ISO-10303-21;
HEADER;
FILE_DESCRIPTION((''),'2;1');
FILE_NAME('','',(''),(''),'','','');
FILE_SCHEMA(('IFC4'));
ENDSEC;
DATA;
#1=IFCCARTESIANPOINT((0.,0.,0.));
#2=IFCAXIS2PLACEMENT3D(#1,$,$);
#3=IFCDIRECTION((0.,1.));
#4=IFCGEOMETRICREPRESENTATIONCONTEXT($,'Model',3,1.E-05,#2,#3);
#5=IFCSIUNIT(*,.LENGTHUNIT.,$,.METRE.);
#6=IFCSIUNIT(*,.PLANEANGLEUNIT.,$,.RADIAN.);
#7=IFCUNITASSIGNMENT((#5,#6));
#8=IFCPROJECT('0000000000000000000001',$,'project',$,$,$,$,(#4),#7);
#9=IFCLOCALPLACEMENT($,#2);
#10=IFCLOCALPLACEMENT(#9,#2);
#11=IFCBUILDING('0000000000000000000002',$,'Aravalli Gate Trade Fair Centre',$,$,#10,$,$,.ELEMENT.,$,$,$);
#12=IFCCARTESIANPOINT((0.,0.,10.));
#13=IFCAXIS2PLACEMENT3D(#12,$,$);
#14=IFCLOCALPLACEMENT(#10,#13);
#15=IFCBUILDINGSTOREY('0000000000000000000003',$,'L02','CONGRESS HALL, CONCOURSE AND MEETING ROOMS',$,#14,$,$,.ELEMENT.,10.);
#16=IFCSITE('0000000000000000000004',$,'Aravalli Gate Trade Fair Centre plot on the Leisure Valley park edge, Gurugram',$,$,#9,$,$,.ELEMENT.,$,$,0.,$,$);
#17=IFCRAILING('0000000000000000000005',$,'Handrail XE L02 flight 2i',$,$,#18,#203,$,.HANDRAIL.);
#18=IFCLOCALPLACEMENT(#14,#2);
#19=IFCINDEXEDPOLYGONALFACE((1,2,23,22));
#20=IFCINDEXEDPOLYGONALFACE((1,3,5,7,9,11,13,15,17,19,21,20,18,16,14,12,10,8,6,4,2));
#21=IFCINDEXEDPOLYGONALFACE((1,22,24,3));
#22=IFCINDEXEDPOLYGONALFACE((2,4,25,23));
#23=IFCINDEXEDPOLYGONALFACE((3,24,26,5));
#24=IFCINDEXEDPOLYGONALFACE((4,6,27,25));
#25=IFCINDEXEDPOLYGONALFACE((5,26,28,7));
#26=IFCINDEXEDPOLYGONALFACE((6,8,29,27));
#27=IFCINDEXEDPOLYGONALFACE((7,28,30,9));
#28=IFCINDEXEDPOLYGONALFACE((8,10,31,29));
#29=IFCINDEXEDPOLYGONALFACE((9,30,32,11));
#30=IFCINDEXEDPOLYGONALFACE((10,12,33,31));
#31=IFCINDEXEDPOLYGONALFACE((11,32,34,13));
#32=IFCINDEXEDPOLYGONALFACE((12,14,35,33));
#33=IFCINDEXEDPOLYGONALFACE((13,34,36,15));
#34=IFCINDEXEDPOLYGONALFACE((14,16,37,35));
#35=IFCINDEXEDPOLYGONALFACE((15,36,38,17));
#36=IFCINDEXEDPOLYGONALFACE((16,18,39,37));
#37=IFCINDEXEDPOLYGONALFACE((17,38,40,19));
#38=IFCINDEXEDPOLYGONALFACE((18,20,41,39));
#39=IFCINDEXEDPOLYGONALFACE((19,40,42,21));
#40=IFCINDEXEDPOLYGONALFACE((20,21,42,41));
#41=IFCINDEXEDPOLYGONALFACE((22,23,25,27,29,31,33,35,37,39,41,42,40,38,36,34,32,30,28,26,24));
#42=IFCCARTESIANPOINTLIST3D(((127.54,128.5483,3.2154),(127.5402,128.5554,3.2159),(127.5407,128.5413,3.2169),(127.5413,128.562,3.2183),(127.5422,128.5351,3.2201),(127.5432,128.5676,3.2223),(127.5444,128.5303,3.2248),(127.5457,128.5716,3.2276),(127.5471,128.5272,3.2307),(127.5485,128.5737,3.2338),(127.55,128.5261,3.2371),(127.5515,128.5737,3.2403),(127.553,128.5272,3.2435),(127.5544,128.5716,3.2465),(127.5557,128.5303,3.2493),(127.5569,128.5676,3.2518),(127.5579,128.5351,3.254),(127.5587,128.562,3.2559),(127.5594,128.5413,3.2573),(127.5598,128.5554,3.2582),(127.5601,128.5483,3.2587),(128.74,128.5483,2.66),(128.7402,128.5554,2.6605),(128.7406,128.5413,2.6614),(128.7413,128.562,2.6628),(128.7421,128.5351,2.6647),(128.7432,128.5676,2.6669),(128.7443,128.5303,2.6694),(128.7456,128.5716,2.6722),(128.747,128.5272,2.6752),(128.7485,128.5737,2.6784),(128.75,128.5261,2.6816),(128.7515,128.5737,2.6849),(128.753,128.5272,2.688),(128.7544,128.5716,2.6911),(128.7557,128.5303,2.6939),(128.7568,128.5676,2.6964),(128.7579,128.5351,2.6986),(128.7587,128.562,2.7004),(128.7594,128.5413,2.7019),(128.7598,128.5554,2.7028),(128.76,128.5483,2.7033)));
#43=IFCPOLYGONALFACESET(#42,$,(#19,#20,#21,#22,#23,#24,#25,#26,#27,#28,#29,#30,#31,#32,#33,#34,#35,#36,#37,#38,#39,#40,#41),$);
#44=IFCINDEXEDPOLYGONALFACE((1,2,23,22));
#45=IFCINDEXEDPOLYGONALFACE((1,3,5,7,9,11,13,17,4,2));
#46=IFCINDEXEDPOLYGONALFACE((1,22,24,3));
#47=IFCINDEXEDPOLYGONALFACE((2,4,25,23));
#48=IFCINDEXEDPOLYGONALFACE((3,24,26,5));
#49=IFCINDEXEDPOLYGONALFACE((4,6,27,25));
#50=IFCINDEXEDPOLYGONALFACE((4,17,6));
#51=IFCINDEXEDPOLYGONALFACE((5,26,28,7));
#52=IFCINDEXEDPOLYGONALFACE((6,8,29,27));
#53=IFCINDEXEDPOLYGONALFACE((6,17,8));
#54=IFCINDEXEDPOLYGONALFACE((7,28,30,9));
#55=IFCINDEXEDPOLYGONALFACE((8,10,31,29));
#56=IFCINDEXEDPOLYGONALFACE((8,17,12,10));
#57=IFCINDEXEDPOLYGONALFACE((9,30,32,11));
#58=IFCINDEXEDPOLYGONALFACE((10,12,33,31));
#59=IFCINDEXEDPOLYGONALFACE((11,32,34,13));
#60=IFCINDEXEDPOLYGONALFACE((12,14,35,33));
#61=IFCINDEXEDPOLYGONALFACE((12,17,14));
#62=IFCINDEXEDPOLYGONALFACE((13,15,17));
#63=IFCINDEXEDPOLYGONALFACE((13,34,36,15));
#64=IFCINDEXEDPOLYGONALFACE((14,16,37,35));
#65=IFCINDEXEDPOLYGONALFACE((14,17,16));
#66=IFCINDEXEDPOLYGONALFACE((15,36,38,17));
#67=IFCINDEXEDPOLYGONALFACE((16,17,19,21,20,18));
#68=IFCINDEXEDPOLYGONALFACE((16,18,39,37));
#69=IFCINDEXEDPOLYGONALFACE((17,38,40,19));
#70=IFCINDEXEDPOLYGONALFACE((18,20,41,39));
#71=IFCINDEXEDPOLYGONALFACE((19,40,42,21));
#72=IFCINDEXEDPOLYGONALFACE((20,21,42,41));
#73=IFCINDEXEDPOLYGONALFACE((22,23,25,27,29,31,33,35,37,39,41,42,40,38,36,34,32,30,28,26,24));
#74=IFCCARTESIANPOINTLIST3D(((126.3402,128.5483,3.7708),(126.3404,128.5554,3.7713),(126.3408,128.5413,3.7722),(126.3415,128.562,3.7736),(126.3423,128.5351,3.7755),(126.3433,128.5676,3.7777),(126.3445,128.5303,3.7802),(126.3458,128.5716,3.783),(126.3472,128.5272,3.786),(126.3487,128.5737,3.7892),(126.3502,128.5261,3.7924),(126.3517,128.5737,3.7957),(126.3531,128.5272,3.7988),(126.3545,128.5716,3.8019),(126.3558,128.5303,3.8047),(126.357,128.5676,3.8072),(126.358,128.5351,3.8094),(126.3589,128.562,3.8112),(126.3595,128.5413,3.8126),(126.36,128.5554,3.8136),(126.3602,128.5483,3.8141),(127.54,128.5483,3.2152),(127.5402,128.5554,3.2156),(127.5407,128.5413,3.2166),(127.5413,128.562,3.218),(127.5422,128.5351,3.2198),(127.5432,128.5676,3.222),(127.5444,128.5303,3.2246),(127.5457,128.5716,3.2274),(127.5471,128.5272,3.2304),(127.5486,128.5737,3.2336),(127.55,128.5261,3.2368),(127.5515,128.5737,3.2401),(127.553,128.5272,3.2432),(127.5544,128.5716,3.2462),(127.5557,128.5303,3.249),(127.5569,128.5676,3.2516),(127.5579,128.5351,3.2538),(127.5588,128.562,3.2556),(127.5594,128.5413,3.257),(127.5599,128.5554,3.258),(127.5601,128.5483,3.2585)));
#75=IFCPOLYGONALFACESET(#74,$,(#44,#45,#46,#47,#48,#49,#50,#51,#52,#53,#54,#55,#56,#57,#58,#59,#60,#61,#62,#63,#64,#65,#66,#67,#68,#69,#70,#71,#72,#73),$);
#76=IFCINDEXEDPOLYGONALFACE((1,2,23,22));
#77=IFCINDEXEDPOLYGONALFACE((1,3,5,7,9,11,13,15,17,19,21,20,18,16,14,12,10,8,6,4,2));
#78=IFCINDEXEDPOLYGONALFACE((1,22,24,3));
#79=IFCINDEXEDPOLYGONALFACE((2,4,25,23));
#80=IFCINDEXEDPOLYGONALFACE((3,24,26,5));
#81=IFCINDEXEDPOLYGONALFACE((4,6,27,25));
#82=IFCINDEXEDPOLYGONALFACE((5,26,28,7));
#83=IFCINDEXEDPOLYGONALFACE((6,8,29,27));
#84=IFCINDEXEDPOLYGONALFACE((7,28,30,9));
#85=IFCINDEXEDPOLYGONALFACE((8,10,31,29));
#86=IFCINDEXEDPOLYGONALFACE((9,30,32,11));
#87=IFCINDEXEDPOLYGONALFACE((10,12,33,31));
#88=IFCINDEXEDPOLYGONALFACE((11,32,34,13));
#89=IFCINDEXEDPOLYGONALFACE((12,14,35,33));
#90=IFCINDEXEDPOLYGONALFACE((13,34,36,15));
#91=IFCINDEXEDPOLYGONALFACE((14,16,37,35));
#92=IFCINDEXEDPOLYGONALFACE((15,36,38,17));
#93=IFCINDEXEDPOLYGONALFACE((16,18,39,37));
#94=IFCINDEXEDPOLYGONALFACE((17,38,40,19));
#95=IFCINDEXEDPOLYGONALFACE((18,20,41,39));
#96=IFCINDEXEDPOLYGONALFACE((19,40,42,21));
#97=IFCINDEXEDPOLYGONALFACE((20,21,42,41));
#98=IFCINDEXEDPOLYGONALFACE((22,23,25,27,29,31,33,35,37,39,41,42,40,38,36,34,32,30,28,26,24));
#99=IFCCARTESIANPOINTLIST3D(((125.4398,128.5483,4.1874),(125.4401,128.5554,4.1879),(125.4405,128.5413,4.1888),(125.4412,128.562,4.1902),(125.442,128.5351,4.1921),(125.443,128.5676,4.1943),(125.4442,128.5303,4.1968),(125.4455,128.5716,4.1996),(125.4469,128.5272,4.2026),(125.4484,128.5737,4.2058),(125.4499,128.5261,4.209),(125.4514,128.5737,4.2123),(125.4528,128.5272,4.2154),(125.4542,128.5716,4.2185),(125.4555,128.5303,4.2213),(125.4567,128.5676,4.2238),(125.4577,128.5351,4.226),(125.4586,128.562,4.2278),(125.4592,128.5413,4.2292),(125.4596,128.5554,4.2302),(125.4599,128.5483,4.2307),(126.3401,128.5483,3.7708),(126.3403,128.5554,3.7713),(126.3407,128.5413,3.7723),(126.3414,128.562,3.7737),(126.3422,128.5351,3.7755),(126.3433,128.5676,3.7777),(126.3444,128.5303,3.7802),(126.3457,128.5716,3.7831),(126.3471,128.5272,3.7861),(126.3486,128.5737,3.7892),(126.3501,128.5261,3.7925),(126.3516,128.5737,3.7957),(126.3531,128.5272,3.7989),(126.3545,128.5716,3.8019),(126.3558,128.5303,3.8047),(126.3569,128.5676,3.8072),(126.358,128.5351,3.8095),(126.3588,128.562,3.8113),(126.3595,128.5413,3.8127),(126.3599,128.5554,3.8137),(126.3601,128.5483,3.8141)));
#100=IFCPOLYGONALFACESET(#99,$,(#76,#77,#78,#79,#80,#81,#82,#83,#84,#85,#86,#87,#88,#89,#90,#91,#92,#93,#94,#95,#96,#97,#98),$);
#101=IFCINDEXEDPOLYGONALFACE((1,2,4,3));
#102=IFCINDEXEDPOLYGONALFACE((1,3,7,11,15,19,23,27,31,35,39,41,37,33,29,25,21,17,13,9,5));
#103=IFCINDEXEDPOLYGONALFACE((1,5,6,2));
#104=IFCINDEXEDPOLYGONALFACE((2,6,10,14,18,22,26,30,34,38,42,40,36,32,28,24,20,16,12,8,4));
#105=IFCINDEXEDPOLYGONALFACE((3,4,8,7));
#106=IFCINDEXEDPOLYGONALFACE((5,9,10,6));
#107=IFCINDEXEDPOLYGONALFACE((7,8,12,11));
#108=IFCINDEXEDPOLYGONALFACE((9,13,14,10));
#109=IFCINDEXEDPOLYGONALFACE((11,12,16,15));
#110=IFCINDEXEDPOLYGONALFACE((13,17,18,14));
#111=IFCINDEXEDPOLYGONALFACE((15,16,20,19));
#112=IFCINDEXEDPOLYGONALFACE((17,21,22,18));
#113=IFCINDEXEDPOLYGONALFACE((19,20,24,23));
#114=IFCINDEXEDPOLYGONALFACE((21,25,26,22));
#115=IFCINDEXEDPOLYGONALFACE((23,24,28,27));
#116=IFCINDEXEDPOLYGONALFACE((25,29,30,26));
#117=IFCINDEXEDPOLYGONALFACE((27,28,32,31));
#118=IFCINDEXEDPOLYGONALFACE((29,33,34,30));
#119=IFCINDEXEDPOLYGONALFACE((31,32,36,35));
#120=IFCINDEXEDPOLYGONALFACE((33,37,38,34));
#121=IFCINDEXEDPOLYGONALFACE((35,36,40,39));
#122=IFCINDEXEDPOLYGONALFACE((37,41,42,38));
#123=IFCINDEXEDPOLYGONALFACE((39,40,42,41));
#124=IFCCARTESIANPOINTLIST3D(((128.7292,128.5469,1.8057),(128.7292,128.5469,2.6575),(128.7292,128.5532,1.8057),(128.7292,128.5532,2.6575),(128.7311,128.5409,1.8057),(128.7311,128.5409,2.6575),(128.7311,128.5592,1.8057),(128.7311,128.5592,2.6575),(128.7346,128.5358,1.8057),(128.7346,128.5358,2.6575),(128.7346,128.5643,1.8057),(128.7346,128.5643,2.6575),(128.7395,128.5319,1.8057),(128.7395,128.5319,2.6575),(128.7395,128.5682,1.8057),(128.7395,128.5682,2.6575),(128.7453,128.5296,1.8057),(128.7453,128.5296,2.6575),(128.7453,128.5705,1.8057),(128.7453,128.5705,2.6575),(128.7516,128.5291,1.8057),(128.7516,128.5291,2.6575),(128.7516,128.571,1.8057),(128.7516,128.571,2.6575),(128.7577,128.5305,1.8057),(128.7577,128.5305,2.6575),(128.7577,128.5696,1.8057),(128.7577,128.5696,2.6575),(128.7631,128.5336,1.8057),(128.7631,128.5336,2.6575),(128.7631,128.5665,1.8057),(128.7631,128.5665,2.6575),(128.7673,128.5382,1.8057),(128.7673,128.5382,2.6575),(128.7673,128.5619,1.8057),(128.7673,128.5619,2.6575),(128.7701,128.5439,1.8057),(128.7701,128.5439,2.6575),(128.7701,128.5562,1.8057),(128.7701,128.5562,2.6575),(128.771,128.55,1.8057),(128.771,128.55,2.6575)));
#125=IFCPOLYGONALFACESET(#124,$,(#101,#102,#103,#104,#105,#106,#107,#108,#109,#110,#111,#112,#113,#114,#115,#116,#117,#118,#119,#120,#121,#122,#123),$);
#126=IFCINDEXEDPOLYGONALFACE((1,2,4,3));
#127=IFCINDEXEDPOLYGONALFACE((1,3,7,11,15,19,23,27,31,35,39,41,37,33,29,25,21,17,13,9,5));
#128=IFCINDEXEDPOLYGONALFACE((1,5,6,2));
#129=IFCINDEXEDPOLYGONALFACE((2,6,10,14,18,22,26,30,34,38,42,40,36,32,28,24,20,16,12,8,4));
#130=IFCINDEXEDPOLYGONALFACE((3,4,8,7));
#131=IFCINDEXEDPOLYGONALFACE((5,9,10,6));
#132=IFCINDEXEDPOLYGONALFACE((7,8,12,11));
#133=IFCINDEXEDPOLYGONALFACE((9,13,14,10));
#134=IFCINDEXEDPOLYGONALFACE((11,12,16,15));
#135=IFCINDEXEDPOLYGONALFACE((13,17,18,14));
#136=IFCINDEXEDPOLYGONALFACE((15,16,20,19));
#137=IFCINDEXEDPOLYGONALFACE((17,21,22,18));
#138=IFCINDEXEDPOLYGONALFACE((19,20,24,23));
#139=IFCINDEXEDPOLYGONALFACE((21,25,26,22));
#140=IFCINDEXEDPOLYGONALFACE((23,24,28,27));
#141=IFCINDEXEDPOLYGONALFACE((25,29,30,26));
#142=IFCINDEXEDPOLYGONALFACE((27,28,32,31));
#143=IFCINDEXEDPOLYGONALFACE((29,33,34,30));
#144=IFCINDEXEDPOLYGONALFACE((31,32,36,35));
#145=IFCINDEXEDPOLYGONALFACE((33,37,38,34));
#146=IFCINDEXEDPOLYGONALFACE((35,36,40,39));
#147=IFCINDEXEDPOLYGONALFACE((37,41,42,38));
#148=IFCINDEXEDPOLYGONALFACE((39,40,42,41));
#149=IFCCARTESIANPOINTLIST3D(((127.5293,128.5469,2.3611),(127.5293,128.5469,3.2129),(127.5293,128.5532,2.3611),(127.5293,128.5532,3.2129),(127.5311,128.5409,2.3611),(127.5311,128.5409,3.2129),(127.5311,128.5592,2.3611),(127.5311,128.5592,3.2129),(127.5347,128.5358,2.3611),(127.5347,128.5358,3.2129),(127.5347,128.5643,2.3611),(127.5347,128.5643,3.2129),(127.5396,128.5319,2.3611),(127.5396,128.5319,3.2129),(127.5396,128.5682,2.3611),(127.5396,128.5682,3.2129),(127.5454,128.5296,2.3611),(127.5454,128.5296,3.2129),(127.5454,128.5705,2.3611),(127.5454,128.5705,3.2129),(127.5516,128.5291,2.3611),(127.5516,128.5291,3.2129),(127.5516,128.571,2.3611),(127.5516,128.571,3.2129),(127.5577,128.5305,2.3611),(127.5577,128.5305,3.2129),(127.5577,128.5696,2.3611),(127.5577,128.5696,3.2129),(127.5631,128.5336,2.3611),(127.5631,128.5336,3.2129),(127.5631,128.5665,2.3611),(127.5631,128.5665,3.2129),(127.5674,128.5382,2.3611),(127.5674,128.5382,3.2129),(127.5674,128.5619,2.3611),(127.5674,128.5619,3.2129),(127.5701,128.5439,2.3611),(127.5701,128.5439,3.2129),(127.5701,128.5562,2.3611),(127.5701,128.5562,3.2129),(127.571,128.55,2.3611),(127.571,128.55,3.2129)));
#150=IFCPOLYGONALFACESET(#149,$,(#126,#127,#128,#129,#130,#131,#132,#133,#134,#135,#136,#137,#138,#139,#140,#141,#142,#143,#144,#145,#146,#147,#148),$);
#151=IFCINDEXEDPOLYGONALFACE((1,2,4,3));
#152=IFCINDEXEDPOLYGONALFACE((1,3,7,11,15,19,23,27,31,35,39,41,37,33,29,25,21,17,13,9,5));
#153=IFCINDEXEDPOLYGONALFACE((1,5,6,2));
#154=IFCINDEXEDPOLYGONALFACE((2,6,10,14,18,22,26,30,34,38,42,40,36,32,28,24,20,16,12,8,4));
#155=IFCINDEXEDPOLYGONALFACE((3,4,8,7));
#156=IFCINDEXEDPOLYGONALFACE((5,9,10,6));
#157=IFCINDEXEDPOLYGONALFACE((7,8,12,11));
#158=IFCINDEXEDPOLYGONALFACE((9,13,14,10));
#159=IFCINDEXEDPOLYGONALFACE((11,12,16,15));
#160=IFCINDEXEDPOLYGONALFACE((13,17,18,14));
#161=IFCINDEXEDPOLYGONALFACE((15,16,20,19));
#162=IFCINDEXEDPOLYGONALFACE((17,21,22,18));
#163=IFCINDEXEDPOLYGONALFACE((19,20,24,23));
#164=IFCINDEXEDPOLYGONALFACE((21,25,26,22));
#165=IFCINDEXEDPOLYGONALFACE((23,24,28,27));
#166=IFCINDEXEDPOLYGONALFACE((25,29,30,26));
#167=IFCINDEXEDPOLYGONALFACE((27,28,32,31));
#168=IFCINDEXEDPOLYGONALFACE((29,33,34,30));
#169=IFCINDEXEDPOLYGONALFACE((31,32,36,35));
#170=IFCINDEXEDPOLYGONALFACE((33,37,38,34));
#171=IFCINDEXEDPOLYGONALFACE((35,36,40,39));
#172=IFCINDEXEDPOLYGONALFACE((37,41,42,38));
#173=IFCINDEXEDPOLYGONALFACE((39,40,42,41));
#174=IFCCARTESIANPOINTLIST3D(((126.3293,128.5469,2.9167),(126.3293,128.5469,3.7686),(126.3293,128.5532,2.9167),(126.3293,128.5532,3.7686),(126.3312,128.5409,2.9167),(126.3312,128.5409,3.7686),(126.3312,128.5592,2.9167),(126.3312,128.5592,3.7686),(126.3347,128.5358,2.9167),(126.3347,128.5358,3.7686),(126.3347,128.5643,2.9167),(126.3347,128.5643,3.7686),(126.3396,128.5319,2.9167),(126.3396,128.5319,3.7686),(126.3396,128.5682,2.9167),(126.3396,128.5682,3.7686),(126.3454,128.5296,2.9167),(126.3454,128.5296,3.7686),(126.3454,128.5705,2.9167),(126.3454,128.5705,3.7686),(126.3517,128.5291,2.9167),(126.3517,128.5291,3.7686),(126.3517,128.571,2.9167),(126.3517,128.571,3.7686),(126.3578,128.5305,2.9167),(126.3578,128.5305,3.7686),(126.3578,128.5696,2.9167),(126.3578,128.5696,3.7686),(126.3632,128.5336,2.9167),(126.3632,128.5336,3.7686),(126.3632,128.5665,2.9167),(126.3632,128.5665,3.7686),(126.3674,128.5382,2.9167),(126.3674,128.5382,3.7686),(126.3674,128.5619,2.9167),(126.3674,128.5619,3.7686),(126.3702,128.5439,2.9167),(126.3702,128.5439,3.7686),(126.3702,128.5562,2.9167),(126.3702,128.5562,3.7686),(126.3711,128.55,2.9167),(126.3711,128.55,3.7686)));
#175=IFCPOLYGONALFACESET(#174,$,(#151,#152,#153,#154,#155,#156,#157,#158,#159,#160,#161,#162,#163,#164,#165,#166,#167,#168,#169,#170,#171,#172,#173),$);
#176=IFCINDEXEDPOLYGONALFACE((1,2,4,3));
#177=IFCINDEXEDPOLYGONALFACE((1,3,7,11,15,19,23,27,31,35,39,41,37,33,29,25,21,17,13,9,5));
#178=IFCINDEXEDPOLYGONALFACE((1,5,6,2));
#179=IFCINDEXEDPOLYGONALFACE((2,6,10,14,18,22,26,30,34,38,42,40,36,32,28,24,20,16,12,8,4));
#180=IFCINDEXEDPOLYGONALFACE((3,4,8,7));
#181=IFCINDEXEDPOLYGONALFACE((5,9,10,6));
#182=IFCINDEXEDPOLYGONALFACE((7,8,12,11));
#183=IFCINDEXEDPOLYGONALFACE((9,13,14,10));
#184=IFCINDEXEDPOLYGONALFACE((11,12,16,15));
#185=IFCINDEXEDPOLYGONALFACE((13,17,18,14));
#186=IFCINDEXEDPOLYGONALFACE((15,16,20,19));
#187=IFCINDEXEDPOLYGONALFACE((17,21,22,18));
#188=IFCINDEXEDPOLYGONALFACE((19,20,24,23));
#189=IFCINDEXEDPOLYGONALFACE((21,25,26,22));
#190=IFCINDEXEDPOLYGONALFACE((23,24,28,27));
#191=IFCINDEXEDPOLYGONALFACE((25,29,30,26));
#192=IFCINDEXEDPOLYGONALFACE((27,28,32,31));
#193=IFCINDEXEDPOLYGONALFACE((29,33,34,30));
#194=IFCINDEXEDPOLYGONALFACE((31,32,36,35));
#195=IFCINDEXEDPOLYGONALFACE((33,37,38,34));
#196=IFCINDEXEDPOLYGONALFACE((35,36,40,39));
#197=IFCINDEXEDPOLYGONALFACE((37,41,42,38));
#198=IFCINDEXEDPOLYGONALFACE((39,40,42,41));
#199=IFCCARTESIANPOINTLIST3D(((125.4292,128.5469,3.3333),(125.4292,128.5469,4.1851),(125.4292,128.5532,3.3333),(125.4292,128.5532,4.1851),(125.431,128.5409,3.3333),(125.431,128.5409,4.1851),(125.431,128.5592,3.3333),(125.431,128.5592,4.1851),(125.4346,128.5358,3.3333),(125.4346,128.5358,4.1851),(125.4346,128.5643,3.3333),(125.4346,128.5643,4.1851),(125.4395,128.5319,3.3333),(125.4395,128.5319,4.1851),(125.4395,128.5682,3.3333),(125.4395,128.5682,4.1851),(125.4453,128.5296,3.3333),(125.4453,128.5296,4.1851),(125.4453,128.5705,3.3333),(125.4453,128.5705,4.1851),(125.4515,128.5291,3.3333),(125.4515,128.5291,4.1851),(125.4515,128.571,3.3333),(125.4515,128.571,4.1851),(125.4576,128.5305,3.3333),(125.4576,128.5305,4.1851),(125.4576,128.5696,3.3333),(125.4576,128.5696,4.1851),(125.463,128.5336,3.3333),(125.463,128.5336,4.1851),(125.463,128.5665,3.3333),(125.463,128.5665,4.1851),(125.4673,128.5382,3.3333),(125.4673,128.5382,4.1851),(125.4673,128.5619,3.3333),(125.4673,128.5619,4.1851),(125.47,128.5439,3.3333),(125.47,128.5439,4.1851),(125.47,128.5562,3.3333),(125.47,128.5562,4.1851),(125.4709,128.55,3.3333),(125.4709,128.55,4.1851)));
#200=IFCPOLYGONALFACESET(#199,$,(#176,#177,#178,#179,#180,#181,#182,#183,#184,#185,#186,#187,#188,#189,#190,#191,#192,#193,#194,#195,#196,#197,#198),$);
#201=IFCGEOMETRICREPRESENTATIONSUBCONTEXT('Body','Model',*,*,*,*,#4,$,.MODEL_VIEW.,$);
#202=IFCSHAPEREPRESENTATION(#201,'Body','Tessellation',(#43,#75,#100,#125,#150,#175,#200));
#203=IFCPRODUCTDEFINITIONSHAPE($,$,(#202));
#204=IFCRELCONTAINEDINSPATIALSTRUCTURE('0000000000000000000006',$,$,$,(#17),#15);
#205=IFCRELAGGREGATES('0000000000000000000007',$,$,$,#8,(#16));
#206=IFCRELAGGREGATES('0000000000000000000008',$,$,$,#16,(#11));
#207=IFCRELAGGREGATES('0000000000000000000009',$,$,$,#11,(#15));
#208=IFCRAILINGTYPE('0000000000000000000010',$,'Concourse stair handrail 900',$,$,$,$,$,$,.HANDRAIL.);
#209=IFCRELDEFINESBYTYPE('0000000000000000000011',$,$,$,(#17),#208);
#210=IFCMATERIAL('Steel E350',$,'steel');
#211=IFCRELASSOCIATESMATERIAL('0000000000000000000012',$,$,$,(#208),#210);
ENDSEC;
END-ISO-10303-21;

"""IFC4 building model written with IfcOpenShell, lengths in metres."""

from ifc_helpers import new_model, si_unit, direction, frame, origin, origin_2d, place, context, subcontext, project, spatial, circle, extrude, material, type_object, element, save


model = new_model("IFC4")

# Units and contexts
model_context = context("Model", 3, precision=1e-05, world=origin(), true_north=direction((0.0, 1.0)))
body_context = subcontext(model_context, "Body", "Model", "MODEL_VIEW")
ifc_project = project(units=[si_unit("LENGTHUNIT", "METRE"), si_unit("PLANEANGLEUNIT", "RADIAN")], contexts=[model_context])

# Site, building, storey
site_placement = place(None, origin())
site = spatial("IfcSite", under=ifc_project, at=site_placement, Name="Aravalli Gate Trade Fair Centre plot on the Leisure Valley park edge, Gurugram", CompositionType="ELEMENT", RefElevation=0.0)
building_placement = place(site_placement, origin())
building = spatial("IfcBuilding", under=site, at=building_placement, Name="Aravalli Gate Trade Fair Centre", CompositionType="ELEMENT")
storey_placement = place(building_placement, frame((0.0, 0.0, 10.0)))
storey = spatial("IfcBuildingStorey", under=building, at=storey_placement, Name="L02", Description="CONGRESS HALL, CONCOURSE AND MEETING ROOMS", CompositionType="ELEMENT", Elevation=10.0)

# Shared definitions
ifc_material_1 = material(Name="Steel E350", Category="steel")

# Railing
railing_type_1 = type_object("IfcRailingType", Name="Concourse stair handrail 900", PredefinedType="HANDRAIL", material=ifc_material_1)
for number, where, name in (
    (1, (128.75, 128.55, 1.8057), "Handrail XE L02 flight 2i"),
):
    element("IfcRailing", number, at=place(storey_placement, frame(where)), inside=storey, type_object=railing_type_1, Name=name, PredefinedType="HANDRAIL", context=body_context, shape_type="SweptSolid", body=[
        extrude(circle(Radius=0.0239, at=origin_2d()), frame((0.0, 0.0, 0.876), z_axis=(-0.907499, 0.0, 0.420053), x_axis=(0.0, -1.0, 0.0)), (0.0, 0.0, 1.0), 1.3223),
        extrude(circle(Radius=0.0239, at=origin_2d()), frame((-1.2, 0.0, 1.4312), z_axis=(-0.907429, 0.0, 0.420205), x_axis=(0.0, -1.0, 0.0)), (0.0, 0.0, 1.0), 1.3223),
        extrude(circle(Radius=0.0239, at=origin_2d()), frame((-2.3999, 0.0, 1.9868), z_axis=(-0.907556, 0.0, 0.419932), x_axis=(0.0, -1.0, 0.0)), (0.0, 0.0, 1.0), 0.9919),
        extrude(circle(Radius=0.021, at=origin_2d()), origin(), (0.0, 0.0, 1.0), 0.8518),
        extrude(circle(Radius=0.021, at=origin_2d()), frame((-1.2, 0.0, 0.5554)), (0.0, 0.0, 1.0), 0.8518),
        extrude(circle(Radius=0.021, at=origin_2d()), frame((-2.3999, 0.0, 1.1111)), (0.0, 0.0, 1.0), 0.8518),
        extrude(circle(Radius=0.021, at=origin_2d()), frame((-3.3, 0.0, 1.5276)), (0.0, 0.0, 1.0), 0.8518),
    ])

save(model, "model.ifc")
